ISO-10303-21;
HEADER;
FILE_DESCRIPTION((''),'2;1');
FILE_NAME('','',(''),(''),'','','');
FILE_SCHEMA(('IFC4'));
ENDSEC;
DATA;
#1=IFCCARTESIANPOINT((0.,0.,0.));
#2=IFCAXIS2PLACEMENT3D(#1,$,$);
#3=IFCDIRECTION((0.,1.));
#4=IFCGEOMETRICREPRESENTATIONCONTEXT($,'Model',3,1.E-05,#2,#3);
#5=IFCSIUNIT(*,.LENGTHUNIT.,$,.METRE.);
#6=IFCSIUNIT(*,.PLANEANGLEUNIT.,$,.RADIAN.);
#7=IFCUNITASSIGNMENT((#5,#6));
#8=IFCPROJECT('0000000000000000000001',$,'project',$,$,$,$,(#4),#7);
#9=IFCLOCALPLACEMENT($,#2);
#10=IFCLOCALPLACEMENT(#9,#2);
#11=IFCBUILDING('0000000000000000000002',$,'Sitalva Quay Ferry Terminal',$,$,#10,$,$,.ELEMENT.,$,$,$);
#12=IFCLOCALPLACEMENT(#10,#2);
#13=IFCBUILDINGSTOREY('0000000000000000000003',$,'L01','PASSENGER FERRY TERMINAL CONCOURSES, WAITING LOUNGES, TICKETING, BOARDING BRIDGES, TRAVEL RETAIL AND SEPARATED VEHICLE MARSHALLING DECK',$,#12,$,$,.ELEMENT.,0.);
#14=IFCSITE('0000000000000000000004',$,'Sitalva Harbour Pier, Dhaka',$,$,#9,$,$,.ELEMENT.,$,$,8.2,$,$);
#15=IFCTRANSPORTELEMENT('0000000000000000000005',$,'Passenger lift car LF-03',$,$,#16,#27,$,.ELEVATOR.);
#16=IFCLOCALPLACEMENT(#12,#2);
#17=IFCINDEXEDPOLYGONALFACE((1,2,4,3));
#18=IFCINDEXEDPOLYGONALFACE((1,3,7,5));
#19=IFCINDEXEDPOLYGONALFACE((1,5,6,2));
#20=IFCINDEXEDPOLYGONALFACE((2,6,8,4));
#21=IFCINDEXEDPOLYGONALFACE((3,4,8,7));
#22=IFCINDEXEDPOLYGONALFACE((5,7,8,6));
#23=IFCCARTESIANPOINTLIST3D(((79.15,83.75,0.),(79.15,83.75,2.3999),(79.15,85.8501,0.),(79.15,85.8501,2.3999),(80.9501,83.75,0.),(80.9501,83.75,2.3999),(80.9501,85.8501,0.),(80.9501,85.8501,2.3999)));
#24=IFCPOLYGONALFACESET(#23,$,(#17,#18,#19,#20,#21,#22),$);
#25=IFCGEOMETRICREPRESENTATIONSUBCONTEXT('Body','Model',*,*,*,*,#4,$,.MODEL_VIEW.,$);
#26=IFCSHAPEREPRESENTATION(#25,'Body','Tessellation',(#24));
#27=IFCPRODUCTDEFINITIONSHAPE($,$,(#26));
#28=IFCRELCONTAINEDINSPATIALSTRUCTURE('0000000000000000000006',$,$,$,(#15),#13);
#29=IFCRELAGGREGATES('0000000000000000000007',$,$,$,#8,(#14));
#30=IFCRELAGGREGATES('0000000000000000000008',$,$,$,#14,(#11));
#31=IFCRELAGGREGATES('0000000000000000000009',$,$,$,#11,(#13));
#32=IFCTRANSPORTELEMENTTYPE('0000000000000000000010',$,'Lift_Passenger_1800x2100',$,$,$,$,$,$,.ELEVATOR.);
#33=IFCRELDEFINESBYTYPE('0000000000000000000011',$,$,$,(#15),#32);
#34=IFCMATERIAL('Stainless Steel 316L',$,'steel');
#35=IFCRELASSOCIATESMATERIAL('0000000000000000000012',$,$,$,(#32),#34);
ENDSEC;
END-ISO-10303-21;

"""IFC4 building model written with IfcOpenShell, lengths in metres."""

from ifc_helpers import new_model, si_unit, direction, frame, origin, origin_2d, place, context, subcontext, project, spatial, rectangle, extrude, material, type_object, element, save


model = new_model("IFC4")

# Units and contexts
model_context = context("Model", 3, precision=1e-05, world=origin(), true_north=direction((0.0, 1.0)))
body_context = subcontext(model_context, "Body", "Model", "MODEL_VIEW")
ifc_project = project(units=[si_unit("LENGTHUNIT", "METRE"), si_unit("PLANEANGLEUNIT", "RADIAN")], contexts=[model_context])

# Site, building, storey
site_placement = place(None, origin())
site = spatial("IfcSite", under=ifc_project, at=site_placement, Name="Sitalva Harbour Pier, Dhaka", CompositionType="ELEMENT", RefElevation=8.2)
building_placement = place(site_placement, origin())
building = spatial("IfcBuilding", under=site, at=building_placement, Name="Sitalva Quay Ferry Terminal", CompositionType="ELEMENT")
storey_placement = place(building_placement, origin())
storey = spatial("IfcBuildingStorey", under=building, at=storey_placement, Name="L01", Description="PASSENGER FERRY TERMINAL CONCOURSES, WAITING LOUNGES, TICKETING, BOARDING BRIDGES, TRAVEL RETAIL AND SEPARATED VEHICLE MARSHALLING DECK", CompositionType="ELEMENT", Elevation=0.0)

# Transport element
ifc_material_1 = material(Name="Stainless Steel 316L", Category="steel")
transport_element_type_1 = type_object("IfcTransportElementType", Name="Lift_Passenger_1800x2100", PredefinedType="ELEVATOR", material=ifc_material_1)
transport_element_1_placement = place(storey_placement, frame((80.05, 84.8, 0.0), z_axis=(0.0, 0.0, 1.0), x_axis=(1.0, 0.0, 0.0)))
element("IfcTransportElement", 1, at=transport_element_1_placement, inside=storey, type_object=transport_element_type_1, Name="Passenger lift car LF-03", PredefinedType="ELEVATOR", context=body_context, shape_type="SweptSolid", body=[
    extrude(rectangle(XDim=1.8, YDim=2.1001, at=origin_2d()), origin(), (0.0, 0.0, 1.0), 2.3999),
])

save(model, "model.ifc")
